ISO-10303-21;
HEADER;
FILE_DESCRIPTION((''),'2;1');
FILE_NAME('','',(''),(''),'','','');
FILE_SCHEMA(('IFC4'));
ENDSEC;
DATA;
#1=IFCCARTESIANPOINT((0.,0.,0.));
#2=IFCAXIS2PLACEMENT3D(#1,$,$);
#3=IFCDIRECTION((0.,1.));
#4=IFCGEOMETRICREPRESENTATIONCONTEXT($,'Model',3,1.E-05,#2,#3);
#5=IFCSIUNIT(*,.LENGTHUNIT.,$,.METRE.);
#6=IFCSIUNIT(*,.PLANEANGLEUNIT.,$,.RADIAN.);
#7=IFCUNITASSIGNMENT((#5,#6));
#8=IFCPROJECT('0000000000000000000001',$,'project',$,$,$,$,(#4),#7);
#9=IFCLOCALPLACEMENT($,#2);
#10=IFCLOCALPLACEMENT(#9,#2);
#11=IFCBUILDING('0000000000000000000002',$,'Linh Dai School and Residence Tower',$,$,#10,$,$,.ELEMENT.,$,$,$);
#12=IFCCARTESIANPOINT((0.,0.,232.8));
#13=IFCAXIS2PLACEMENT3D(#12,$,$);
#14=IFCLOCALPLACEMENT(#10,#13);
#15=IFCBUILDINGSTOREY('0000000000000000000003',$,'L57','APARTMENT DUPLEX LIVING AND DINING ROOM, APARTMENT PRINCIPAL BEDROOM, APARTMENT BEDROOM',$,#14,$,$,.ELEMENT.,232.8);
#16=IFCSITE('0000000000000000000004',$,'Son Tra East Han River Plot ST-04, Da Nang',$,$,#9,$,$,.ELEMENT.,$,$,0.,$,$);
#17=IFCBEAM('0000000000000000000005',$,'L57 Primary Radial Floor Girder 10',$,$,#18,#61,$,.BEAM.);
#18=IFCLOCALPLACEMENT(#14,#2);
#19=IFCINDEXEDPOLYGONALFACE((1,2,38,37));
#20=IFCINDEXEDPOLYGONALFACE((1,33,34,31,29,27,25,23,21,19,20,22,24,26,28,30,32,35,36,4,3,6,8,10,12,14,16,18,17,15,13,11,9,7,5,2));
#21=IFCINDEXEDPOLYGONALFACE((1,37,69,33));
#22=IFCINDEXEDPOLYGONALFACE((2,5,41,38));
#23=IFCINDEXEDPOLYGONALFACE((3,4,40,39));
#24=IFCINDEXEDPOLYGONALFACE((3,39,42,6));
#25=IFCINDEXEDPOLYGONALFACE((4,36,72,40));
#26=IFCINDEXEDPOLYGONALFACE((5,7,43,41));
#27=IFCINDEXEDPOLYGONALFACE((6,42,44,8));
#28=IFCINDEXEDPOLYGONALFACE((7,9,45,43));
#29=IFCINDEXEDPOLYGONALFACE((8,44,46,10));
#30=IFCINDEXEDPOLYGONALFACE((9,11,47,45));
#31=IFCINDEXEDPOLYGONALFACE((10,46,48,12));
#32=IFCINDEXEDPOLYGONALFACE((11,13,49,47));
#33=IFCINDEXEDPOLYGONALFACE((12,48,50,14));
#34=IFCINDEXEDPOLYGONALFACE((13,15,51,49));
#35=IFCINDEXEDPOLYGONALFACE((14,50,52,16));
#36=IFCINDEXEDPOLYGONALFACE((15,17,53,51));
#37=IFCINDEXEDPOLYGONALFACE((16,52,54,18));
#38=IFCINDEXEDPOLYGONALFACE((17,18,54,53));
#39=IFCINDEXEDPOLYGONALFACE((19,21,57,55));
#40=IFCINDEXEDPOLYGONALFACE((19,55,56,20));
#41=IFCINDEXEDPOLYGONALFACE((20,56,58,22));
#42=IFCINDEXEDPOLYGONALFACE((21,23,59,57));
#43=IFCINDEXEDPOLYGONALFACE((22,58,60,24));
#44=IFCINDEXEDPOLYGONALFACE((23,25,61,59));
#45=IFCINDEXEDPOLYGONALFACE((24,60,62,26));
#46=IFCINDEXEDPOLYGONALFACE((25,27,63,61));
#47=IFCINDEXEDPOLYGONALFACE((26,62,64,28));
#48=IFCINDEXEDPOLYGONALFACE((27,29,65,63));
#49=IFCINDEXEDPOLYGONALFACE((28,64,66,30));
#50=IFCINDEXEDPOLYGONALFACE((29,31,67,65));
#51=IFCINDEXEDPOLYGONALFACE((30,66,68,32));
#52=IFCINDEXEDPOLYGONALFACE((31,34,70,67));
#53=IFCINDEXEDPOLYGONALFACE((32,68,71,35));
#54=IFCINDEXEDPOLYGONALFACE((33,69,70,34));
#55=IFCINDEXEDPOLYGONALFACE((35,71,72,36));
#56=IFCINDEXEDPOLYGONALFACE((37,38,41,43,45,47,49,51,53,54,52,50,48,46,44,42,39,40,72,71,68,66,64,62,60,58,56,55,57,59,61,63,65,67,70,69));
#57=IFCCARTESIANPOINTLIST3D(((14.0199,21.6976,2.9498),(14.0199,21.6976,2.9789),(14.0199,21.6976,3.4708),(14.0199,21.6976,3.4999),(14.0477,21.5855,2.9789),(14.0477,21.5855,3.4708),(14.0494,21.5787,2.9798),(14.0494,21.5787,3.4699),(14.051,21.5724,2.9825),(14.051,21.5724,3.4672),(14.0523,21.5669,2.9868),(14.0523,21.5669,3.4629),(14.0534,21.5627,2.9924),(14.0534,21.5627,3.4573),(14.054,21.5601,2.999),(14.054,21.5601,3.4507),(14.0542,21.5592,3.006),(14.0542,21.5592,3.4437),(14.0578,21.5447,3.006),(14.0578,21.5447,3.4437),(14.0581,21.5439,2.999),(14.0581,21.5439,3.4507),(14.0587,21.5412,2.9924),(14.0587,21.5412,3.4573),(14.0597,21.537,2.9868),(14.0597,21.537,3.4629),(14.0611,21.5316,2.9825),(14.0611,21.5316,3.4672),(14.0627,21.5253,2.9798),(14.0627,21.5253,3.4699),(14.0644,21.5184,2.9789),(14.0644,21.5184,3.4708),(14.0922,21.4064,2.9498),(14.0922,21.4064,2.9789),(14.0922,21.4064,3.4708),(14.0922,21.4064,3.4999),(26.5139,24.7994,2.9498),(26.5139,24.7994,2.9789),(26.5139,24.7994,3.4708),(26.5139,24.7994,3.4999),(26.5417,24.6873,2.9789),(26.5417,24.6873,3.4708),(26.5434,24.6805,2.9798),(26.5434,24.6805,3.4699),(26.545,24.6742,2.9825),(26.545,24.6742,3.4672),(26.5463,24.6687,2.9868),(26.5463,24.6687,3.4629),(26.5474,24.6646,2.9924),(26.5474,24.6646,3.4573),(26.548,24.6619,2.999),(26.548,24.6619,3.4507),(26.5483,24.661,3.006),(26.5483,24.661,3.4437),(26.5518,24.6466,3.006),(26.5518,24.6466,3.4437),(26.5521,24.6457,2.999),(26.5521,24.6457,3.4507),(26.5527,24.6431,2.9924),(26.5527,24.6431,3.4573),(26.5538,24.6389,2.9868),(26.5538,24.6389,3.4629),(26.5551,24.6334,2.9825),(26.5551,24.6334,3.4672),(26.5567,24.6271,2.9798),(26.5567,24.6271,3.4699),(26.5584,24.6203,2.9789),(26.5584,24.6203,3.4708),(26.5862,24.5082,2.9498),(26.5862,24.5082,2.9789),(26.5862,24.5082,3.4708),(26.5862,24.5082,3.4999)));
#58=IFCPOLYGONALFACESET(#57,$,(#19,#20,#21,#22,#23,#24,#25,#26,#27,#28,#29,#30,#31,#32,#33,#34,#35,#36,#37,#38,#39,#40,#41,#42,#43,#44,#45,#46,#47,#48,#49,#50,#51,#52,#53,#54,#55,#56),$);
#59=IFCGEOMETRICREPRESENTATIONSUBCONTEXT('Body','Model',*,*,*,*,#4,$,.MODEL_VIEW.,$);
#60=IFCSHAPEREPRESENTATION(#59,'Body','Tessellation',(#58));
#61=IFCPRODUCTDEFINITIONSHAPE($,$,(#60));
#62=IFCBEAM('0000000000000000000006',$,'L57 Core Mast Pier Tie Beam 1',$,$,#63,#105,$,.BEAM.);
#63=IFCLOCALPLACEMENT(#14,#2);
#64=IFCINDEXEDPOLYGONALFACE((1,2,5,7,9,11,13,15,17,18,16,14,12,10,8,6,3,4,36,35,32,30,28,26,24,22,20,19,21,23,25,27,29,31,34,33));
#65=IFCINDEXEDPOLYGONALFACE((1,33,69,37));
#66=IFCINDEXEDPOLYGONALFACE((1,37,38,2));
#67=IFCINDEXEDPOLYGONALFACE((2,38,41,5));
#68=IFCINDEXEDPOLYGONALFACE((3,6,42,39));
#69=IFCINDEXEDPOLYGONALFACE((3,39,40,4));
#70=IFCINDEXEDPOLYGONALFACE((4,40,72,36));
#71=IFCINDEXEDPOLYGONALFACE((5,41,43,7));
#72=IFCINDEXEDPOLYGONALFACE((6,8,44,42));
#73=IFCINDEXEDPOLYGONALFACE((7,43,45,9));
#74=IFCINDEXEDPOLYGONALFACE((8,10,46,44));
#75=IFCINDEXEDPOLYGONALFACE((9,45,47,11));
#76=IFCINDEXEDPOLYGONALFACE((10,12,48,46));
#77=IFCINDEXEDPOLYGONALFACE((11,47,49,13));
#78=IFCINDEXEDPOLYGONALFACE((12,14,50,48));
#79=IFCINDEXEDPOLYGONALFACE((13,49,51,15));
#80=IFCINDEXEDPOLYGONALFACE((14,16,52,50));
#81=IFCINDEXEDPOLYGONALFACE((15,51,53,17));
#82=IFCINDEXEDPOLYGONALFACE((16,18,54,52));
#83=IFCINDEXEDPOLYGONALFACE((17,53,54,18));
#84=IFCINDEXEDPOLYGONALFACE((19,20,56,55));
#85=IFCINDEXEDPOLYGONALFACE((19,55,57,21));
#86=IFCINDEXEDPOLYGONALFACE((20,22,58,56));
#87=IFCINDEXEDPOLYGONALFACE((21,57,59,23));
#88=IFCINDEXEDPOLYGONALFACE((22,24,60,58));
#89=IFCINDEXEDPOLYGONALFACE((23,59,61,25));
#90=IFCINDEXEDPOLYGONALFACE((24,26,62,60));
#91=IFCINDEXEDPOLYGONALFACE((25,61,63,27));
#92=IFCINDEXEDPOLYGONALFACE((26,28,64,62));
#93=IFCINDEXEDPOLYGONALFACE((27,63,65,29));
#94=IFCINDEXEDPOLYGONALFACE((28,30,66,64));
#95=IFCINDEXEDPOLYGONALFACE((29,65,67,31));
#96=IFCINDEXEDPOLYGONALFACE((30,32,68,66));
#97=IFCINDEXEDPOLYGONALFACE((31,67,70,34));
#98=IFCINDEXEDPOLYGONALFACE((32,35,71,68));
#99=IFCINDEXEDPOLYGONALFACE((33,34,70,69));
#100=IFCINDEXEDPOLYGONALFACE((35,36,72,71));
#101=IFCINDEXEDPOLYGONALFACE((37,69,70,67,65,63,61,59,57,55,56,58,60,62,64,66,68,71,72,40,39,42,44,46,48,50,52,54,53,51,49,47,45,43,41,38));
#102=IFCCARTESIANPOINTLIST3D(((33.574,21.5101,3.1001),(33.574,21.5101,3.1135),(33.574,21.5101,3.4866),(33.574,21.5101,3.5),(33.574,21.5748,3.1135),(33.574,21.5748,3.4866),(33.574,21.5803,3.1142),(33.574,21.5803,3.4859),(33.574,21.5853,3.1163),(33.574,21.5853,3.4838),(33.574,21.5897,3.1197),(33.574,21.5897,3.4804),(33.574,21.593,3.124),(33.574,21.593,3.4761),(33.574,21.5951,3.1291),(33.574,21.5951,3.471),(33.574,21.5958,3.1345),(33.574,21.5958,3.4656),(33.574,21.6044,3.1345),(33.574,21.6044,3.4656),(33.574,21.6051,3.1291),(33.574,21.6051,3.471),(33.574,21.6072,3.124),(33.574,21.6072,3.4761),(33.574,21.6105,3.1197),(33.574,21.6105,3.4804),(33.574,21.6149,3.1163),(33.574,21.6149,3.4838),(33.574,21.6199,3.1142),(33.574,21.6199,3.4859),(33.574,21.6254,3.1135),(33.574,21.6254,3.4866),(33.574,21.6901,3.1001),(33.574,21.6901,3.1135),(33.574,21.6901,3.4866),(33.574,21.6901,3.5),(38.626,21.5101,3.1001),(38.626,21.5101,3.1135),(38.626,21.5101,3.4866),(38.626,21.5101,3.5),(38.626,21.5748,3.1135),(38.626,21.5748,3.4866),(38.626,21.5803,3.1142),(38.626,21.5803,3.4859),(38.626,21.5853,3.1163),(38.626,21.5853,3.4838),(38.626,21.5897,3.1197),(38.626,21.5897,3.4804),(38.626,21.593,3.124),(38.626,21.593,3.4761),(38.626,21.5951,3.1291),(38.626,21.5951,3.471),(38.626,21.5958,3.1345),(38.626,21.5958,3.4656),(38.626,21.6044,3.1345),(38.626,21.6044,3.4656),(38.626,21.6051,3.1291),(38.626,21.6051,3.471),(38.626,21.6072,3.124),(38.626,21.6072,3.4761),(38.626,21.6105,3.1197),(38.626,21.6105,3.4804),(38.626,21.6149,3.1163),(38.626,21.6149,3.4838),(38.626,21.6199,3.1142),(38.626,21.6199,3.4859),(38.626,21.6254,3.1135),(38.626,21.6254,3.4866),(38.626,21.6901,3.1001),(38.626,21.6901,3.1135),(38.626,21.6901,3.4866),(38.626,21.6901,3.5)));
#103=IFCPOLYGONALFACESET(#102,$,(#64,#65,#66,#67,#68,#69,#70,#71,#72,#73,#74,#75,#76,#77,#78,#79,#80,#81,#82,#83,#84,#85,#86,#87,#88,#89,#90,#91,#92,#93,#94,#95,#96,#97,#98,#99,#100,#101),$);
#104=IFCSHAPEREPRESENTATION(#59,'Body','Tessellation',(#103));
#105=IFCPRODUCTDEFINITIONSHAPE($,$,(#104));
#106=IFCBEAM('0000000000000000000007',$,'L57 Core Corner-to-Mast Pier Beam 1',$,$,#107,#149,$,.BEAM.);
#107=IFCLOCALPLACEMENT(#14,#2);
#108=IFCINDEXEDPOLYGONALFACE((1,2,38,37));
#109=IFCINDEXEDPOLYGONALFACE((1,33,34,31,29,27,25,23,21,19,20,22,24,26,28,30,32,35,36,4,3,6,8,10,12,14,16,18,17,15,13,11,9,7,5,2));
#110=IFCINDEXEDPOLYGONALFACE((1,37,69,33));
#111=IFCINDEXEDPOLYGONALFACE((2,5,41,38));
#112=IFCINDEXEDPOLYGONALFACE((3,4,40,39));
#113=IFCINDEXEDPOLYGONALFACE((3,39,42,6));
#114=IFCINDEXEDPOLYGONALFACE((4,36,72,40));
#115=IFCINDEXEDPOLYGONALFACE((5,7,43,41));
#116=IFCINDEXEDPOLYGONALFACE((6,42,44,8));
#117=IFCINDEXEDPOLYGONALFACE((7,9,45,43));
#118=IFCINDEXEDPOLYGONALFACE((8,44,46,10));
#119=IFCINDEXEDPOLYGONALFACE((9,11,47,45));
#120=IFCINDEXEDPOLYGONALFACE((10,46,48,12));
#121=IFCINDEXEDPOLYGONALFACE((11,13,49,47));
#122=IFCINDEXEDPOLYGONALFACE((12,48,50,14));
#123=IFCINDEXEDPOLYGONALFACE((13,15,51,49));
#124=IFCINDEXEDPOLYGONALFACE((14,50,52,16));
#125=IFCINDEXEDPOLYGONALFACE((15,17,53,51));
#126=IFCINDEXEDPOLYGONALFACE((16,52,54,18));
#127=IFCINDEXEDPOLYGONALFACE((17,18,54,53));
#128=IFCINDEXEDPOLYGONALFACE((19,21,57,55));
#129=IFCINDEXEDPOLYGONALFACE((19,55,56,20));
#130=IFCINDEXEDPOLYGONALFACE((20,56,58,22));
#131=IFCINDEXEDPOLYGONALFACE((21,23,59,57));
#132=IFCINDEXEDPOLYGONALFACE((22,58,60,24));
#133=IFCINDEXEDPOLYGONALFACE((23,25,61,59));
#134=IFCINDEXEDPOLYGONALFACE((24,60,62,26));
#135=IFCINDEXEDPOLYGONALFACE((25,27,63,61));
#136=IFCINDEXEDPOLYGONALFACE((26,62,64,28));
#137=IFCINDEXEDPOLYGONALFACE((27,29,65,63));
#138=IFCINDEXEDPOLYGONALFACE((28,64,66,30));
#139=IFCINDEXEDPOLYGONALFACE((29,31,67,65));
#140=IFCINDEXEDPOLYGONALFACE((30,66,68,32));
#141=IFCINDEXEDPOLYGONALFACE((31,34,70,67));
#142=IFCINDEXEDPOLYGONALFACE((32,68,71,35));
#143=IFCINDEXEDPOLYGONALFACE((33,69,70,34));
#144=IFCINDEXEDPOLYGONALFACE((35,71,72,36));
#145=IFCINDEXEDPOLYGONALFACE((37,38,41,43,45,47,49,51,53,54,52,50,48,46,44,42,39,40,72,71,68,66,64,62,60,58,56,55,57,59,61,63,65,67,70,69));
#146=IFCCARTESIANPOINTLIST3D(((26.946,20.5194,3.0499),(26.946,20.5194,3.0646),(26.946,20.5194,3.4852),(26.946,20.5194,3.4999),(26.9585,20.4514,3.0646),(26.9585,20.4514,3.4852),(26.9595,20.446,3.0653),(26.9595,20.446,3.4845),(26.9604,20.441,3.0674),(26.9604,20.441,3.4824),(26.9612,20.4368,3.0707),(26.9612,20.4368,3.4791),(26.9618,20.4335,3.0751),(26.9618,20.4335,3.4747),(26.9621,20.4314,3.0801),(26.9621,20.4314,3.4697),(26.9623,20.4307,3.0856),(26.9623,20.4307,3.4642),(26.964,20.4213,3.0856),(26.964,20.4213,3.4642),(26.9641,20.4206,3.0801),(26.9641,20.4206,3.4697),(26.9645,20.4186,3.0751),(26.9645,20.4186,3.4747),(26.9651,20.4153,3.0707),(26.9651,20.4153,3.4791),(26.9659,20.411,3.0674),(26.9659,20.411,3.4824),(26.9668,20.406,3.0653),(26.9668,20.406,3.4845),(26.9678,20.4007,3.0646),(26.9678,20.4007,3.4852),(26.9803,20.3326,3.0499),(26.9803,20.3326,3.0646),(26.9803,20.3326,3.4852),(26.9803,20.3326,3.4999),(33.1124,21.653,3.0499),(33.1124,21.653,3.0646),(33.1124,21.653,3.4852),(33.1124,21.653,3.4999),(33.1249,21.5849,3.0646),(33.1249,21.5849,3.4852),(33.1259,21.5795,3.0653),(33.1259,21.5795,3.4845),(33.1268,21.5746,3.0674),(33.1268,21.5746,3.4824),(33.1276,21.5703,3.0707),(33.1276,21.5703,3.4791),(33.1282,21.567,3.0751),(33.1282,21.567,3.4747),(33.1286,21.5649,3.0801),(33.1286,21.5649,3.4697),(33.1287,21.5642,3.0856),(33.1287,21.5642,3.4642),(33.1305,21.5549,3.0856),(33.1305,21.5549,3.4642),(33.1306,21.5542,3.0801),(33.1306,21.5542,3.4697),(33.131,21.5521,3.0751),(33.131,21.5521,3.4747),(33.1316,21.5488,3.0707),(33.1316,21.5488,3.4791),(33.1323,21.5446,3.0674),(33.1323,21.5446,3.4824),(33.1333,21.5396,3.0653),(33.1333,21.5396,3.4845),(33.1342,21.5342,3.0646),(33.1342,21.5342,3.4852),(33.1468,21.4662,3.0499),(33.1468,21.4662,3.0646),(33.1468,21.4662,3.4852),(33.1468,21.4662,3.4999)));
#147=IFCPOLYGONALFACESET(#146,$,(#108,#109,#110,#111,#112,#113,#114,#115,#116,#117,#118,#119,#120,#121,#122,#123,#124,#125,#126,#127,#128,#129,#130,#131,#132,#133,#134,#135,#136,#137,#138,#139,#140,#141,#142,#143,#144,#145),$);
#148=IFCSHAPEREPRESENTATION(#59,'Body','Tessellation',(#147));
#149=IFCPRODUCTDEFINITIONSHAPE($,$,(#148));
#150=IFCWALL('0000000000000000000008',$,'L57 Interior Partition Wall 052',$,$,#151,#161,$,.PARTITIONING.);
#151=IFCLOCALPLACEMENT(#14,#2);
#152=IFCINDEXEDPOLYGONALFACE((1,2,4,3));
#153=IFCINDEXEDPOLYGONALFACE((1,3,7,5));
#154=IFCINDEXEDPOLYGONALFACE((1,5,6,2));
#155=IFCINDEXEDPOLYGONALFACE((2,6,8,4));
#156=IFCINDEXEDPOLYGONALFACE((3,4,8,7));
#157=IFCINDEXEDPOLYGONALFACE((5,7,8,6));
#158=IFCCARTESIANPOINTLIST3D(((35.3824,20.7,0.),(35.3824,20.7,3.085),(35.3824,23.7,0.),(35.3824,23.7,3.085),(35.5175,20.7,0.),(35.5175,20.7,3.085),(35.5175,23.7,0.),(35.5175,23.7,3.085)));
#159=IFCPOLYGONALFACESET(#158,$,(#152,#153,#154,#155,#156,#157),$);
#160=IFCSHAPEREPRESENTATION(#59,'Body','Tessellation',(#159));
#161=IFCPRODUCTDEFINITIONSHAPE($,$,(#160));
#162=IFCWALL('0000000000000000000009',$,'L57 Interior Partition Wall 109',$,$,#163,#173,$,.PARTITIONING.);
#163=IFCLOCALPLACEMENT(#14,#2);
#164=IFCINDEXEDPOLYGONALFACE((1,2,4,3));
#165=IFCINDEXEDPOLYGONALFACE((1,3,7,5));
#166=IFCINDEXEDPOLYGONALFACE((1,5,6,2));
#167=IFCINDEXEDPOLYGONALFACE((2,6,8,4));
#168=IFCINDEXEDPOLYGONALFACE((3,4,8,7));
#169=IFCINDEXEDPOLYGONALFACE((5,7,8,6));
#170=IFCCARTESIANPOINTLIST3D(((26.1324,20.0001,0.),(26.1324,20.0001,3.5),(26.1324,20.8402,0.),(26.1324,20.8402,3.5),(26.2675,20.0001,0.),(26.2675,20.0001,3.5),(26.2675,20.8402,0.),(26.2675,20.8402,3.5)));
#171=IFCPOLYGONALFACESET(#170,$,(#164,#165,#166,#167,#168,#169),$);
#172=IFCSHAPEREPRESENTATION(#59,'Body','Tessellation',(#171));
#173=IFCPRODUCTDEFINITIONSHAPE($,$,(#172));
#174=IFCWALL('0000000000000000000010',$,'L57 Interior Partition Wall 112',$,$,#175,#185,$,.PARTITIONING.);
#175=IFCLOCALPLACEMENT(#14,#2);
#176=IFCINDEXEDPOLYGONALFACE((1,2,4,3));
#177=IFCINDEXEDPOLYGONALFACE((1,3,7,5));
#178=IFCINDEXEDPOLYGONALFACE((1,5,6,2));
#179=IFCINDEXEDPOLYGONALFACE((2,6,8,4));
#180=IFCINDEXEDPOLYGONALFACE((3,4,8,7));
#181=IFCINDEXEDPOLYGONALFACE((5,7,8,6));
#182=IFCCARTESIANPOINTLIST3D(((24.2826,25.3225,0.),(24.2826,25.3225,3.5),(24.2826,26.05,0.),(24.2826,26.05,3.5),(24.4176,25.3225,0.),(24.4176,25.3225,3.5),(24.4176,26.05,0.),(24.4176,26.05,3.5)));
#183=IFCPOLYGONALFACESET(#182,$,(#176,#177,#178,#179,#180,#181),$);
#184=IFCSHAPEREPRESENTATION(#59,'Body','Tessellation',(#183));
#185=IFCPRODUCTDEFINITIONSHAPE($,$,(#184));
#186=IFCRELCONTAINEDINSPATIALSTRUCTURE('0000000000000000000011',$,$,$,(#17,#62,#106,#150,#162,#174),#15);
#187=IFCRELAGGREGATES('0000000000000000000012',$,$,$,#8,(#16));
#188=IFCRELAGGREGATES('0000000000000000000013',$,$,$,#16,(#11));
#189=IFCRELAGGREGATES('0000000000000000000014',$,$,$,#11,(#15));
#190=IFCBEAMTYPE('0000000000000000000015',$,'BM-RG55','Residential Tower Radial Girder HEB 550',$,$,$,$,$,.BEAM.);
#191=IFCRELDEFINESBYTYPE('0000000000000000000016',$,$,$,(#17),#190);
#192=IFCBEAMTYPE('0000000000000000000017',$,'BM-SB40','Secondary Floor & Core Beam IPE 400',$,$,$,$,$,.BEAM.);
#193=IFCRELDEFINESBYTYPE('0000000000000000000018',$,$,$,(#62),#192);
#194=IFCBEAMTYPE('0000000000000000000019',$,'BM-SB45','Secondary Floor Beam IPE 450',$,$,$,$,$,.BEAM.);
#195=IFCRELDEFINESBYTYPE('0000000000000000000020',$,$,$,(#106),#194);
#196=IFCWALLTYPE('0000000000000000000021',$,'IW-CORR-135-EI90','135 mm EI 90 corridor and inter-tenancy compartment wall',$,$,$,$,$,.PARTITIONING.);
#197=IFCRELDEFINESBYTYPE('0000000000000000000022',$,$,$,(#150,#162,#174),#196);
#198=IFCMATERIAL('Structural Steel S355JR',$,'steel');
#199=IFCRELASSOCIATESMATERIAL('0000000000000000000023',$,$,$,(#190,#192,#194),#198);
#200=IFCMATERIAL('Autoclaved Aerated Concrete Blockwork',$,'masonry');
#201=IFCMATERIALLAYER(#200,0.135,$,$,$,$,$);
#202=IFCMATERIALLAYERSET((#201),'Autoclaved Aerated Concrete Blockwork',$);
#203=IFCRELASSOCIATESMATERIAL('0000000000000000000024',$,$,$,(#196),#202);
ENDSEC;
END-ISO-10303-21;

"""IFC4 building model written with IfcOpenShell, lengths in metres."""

from ifc_helpers import new_model, si_unit, direction, frame, frame_2d, origin, origin_2d, place, context, subcontext, project, spatial, rectangle, i_section, extrude, material, layer, layer_set, material_profile, profile_set, type_object, element, save


model = new_model("IFC4")

# Units and contexts
model_context = context("Model", 3, precision=1e-05, world=origin(), true_north=direction((0.0, 1.0)))
body_context = subcontext(model_context, "Body", "Model", "MODEL_VIEW")
ifc_project = project(units=[si_unit("LENGTHUNIT", "METRE"), si_unit("PLANEANGLEUNIT", "RADIAN")], contexts=[model_context])

# Site, building, storey
site_placement = place(None, origin())
site = spatial("IfcSite", under=ifc_project, at=site_placement, Name="Son Tra East Han River Plot ST-04, Da Nang", CompositionType="ELEMENT", RefElevation=0.0)
building_placement = place(site_placement, origin())
building = spatial("IfcBuilding", under=site, at=building_placement, Name="Linh Dai School and Residence Tower", CompositionType="ELEMENT")
storey_placement = place(building_placement, frame((0.0, 0.0, 232.8)))
storey = spatial("IfcBuildingStorey", under=building, at=storey_placement, Name="L57", Description="APARTMENT DUPLEX LIVING AND DINING ROOM, APARTMENT PRINCIPAL BEDROOM, APARTMENT BEDROOM", CompositionType="ELEMENT", Elevation=232.8)

# Shared definitions
ifc_material_1 = material(Name="Structural Steel S355JR", Category="steel")

# Beams
ifc_material_profile_1 = material_profile(ifc_material_1, i_section(OverallWidth=0.3, OverallDepth=0.55, WebThickness=0.0149, FlangeThickness=0.0291, FilletRadius=0.0271, at=origin_2d()), Name="HEB 550")
ifc_profile_set_1 = profile_set([ifc_material_profile_1], Name="Structural Steel S355JR")
beam_type_1 = type_object("IfcBeamType", Name="BM-RG55", Description="Residential Tower Radial Girder HEB 550", PredefinedType="BEAM", material=ifc_profile_set_1)
beam_1_placement = place(storey_placement, frame((26.55, 24.6538, 3.2249), z_axis=(-0.970537, -0.240951, 0.0), x_axis=(0.240951, -0.970537, 0.0)))
element("IfcBeam", 1, at=beam_1_placement, inside=storey, type_object=beam_type_1, Name="L57 Primary Radial Floor Girder 10", PredefinedType="BEAM", context=body_context, shape_type="SweptSolid", body=[
    extrude(i_section(OverallWidth=0.3, OverallDepth=0.55, WebThickness=0.0149, FlangeThickness=0.0291, FilletRadius=0.0271, at=origin_2d()), origin(), (0.0, 0.0, 1.0), 12.8733),
])
ifc_material_profile_2 = material_profile(ifc_material_1, i_section(OverallWidth=0.1799, OverallDepth=0.3999, WebThickness=0.0085, FlangeThickness=0.0134, FilletRadius=0.021, at=origin_2d()), Name="IPE 400")
ifc_profile_set_2 = profile_set([ifc_material_profile_2], Name="Structural Steel S355JR")
beam_type_2 = type_object("IfcBeamType", Name="BM-SB40", Description="Secondary Floor & Core Beam IPE 400", PredefinedType="BEAM", material=ifc_profile_set_2)
beam_2_placement = place(storey_placement, frame((33.574, 21.6001, 3.3), z_axis=(1.0, 0.0, 0.0), x_axis=(0.0, 1.0, 0.0)))
element("IfcBeam", 2, at=beam_2_placement, inside=storey, type_object=beam_type_2, Name="L57 Core Mast Pier Tie Beam 1", PredefinedType="BEAM", context=body_context, shape_type="SweptSolid", body=[
    extrude(i_section(OverallWidth=0.1799, OverallDepth=0.3999, WebThickness=0.0085, FlangeThickness=0.0134, FilletRadius=0.021, at=origin_2d()), origin(), (0.0, 0.0, 1.0), 5.052),
])
ifc_material_profile_3 = material_profile(ifc_material_1, i_section(OverallWidth=0.1899, OverallDepth=0.45, WebThickness=0.0095, FlangeThickness=0.0146, FilletRadius=0.021, at=origin_2d()), Name="IPE 450")
ifc_profile_set_3 = profile_set([ifc_material_profile_3], Name="Structural Steel S355JR")
beam_type_3 = type_object("IfcBeamType", Name="BM-SB45", Description="Secondary Floor Beam IPE 450", PredefinedType="BEAM", material=ifc_profile_set_3)
beam_3_placement = place(storey_placement, frame((26.9631, 20.426, 3.2749), z_axis=(0.983521, 0.180794, 0.0), x_axis=(-0.180794, 0.983521, 0.0)))
element("IfcBeam", 3, at=beam_3_placement, inside=storey, type_object=beam_type_3, Name="L57 Core Corner-to-Mast Pier Beam 1", PredefinedType="BEAM", context=body_context, shape_type="SweptSolid", body=[
    extrude(i_section(OverallWidth=0.1899, OverallDepth=0.45, WebThickness=0.0095, FlangeThickness=0.0146, FilletRadius=0.021, at=origin_2d()), origin(), (0.0, 0.0, 1.0), 6.2698),
])

# Wall
ifc_material_2 = material(Name="Autoclaved Aerated Concrete Blockwork", Category="masonry")
ifc_layer_1 = layer(ifc_material_2, 0.135)
ifc_layer_set_1 = layer_set([ifc_layer_1], Name="Autoclaved Aerated Concrete Blockwork")
wall_type_1 = type_object("IfcWallType", Name="IW-CORR-135-EI90", Description="135 mm EI 90 corridor and inter-tenancy compartment wall", PredefinedType="PARTITIONING", material=ifc_layer_set_1)
wall_1_placement = place(storey_placement, frame((35.45, 20.7, 0.0), z_axis=(0.0, 0.0, 1.0), x_axis=(0.0, 1.0, 0.0)))
element("IfcWall", 4, at=wall_1_placement, inside=storey, type_object=wall_type_1, Name="L57 Interior Partition Wall 052", PredefinedType="PARTITIONING", context=body_context, shape_type="SweptSolid", body=[
    extrude(rectangle(XDim=3.0, YDim=0.135, at=frame_2d((1.5, 0.0))), origin(), (0.0, 0.0, 1.0), 3.085),
])

# Walls
wall_2_placement = place(storey_placement, frame((26.2, 20.8401, 0.0), z_axis=(0.0, 0.0, 1.0), x_axis=(0.0, -1.0, 0.0)))
element("IfcWall", 5, at=wall_2_placement, inside=storey, type_object=wall_type_1, Name="L57 Interior Partition Wall 109", PredefinedType="PARTITIONING", context=body_context, shape_type="SweptSolid", body=[
    extrude(rectangle(XDim=0.8401, YDim=0.135, at=frame_2d((0.4199, 0.0))), origin(), (0.0, 0.0, 1.0), 3.5),
])
wall_3_placement = place(storey_placement, frame((24.3501, 25.3225, 0.0), z_axis=(0.0, 0.0, 1.0), x_axis=(0.0, 1.0, 0.0)))
element("IfcWall", 6, at=wall_3_placement, inside=storey, type_object=wall_type_1, Name="L57 Interior Partition Wall 112", PredefinedType="PARTITIONING", context=body_context, shape_type="SweptSolid", body=[
    extrude(rectangle(XDim=0.7275, YDim=0.135, at=frame_2d((0.3638, 0.0))), origin(), (0.0, 0.0, 1.0), 3.5),
])

save(model, "model.ifc")
